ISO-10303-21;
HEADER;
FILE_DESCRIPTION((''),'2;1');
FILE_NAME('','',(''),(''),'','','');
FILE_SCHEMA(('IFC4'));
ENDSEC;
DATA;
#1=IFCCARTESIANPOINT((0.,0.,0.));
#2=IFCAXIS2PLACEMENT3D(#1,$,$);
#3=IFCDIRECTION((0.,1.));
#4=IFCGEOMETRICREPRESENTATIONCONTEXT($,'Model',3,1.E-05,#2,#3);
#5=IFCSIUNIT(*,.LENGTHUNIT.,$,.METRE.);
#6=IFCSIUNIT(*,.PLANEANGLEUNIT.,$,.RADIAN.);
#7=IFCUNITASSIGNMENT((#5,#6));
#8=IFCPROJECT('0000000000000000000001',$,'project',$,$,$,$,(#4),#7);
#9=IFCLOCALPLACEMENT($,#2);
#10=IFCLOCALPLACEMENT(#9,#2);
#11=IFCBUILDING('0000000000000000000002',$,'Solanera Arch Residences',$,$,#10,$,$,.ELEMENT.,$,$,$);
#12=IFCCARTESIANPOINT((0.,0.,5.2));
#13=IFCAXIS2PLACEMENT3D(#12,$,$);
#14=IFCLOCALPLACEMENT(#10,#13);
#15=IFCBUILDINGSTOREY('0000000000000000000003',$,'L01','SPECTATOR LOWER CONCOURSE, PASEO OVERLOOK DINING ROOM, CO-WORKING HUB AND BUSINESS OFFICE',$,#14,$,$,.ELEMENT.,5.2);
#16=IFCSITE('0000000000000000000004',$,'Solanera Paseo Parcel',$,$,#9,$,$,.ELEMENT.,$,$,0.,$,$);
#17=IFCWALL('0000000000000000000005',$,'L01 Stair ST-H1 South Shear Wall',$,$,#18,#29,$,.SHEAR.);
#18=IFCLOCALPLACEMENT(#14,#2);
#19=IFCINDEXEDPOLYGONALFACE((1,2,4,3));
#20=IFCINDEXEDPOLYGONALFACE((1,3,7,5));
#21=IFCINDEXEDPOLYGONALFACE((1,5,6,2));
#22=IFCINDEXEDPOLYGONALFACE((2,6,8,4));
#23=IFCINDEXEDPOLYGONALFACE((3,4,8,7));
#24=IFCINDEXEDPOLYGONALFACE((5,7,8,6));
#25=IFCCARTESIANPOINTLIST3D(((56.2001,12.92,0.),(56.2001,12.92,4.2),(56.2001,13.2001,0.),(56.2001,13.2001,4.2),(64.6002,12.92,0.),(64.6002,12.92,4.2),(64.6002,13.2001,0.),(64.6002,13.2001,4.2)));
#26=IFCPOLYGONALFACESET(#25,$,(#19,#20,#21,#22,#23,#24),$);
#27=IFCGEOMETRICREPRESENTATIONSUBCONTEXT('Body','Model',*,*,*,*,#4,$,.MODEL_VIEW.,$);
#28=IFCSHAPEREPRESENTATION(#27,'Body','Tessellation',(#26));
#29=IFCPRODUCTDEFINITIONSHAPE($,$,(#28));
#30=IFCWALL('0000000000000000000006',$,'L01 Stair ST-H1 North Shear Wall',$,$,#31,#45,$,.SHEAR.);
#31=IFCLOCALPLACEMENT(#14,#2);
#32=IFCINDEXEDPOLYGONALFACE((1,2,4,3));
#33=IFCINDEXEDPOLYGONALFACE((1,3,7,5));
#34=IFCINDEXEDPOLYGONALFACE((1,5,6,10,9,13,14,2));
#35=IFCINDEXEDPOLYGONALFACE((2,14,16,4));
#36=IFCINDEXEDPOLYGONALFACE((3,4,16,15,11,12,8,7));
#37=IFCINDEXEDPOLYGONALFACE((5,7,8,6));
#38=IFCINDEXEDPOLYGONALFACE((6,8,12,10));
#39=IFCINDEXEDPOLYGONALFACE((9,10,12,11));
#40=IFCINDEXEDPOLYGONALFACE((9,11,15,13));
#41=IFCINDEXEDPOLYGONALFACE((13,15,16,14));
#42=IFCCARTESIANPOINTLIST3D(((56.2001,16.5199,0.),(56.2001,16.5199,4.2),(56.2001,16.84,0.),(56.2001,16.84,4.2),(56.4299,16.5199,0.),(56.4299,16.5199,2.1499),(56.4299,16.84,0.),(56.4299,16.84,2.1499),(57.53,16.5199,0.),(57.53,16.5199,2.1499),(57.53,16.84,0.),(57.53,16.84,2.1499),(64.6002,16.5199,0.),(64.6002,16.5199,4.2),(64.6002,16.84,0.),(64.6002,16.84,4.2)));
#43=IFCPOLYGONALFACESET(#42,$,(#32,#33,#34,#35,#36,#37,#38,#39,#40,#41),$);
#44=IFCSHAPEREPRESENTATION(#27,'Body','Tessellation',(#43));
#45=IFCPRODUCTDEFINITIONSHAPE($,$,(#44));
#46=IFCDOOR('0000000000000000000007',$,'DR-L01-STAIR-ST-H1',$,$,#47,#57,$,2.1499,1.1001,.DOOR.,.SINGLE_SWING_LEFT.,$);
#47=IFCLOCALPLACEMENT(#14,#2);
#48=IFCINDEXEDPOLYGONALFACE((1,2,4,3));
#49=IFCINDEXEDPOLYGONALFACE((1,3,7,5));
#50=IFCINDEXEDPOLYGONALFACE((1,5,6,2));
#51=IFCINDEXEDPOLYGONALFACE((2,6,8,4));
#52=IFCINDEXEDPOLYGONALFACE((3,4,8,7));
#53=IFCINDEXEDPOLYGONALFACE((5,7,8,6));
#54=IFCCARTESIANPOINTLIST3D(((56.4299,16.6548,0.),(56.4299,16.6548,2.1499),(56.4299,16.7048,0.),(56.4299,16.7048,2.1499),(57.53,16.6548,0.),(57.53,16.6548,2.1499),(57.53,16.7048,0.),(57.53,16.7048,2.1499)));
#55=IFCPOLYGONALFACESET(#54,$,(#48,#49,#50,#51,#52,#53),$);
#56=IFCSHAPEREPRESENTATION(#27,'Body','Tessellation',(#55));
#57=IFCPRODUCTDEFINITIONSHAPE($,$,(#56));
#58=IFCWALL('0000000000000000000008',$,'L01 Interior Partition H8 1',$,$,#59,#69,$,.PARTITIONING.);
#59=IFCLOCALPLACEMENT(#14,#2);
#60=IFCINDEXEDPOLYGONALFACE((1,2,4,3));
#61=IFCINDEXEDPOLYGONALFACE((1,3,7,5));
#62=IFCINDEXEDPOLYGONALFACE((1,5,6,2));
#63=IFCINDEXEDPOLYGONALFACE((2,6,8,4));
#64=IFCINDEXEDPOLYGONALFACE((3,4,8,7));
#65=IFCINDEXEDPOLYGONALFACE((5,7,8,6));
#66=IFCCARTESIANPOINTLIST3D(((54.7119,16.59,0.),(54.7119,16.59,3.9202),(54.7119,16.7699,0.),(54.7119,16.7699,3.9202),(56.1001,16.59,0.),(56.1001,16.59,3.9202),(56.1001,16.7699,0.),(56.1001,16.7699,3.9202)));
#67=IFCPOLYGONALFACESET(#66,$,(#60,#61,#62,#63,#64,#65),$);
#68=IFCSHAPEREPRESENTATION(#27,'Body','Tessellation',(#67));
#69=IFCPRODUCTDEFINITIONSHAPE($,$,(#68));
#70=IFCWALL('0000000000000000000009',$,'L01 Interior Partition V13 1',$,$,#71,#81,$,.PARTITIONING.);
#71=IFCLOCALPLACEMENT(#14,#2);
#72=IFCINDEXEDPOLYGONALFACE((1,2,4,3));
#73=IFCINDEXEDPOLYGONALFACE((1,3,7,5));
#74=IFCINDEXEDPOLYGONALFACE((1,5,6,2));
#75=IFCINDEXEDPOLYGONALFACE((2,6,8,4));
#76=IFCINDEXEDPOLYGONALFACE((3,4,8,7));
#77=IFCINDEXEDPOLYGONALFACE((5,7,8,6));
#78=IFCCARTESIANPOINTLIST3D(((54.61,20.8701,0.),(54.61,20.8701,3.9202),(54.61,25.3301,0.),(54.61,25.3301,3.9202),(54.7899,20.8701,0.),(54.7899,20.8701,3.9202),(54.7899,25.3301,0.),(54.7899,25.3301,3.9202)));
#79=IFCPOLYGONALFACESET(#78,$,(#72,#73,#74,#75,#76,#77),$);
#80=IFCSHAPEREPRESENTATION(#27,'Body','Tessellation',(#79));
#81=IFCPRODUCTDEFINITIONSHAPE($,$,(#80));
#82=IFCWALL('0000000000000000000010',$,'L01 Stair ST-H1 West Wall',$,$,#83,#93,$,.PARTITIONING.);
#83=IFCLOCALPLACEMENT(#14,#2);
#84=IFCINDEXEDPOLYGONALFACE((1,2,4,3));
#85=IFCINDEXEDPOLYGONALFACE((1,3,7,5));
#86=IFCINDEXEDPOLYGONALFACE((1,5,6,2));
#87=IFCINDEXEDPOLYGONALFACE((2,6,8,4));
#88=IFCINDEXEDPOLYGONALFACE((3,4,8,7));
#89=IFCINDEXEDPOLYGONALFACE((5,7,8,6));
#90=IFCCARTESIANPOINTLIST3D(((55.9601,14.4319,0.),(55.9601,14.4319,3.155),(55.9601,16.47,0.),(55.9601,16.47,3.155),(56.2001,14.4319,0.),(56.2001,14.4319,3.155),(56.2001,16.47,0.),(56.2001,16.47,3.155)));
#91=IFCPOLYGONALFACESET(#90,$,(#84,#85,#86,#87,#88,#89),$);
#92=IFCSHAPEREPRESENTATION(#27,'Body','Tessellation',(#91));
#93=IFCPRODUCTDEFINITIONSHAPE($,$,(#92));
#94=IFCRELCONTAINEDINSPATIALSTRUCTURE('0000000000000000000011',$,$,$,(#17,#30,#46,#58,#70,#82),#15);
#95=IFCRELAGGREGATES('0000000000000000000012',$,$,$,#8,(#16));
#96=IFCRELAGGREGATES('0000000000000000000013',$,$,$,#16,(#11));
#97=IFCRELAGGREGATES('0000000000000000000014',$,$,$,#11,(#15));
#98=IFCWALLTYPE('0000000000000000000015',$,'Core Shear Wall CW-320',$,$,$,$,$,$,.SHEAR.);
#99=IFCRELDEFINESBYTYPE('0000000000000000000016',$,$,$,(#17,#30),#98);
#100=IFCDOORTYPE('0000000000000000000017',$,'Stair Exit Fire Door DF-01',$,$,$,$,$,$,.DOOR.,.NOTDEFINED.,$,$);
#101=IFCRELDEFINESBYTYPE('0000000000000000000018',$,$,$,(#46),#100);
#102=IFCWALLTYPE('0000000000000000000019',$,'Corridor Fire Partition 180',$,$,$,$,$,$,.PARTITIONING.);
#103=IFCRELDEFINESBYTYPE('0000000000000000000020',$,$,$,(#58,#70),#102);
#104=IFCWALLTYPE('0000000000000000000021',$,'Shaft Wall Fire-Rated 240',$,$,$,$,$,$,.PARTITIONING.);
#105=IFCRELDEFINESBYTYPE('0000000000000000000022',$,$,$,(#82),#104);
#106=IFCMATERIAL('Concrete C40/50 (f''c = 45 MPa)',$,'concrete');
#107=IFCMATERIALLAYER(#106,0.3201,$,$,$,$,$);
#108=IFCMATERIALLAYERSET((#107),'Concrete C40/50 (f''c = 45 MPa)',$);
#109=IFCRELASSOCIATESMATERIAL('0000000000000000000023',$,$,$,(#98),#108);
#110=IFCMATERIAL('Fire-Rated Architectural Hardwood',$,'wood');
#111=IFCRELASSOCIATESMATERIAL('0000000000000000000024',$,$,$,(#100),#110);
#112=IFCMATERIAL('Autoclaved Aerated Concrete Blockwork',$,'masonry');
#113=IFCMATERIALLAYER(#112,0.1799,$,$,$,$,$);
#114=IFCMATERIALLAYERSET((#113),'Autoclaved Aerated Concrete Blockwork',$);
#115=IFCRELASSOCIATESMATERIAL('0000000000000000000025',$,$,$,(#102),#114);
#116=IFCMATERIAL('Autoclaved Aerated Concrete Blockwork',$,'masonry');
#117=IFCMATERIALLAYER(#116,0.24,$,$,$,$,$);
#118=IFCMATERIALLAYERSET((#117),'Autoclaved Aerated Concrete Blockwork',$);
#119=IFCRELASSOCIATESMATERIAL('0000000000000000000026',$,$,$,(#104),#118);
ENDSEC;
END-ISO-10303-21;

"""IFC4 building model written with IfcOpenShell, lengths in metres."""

from ifc_helpers import new_model, si_unit, direction, frame, frame_2d, origin, place, context, subcontext, project, spatial, rectangle, extrude, material, layer, layer_set, type_object, element, fill, save


model = new_model("IFC4")

# Units and contexts
model_context = context("Model", 3, precision=1e-05, world=origin(), true_north=direction((0.0, 1.0)))
body_context = subcontext(model_context, "Body", "Model", "MODEL_VIEW")
ifc_project = project(units=[si_unit("LENGTHUNIT", "METRE"), si_unit("PLANEANGLEUNIT", "RADIAN")], contexts=[model_context])

# Site, building, storey
site_placement = place(None, origin())
site = spatial("IfcSite", under=ifc_project, at=site_placement, Name="Solanera Paseo Parcel", CompositionType="ELEMENT", RefElevation=0.0)
building_placement = place(site_placement, origin())
building = spatial("IfcBuilding", under=site, at=building_placement, Name="Solanera Arch Residences", CompositionType="ELEMENT")
storey_placement = place(building_placement, frame((0.0, 0.0, 5.2)))
storey = spatial("IfcBuildingStorey", under=building, at=storey_placement, Name="L01", Description="SPECTATOR LOWER CONCOURSE, PASEO OVERLOOK DINING ROOM, CO-WORKING HUB AND BUSINESS OFFICE", CompositionType="ELEMENT", Elevation=5.2)

# Wall
ifc_material_1 = material(Name="Concrete C40/50 (f'c = 45 MPa)", Category="concrete")
ifc_layer_1 = layer(ifc_material_1, 0.3201)
ifc_layer_set_1 = layer_set([ifc_layer_1], Name="Concrete C40/50 (f'c = 45 MPa)")
wall_type_1 = type_object("IfcWallType", Name="Core Shear Wall CW-320", PredefinedType="SHEAR", material=ifc_layer_set_1)
wall_1_placement = place(storey_placement, frame((56.2, 13.0601, 0.0), z_axis=(0.0, 0.0, 1.0), x_axis=(1.0, 0.0, 0.0)))
element("IfcWall", 1, at=wall_1_placement, inside=storey, type_object=wall_type_1, Name="L01 Stair ST-H1 South Shear Wall", PredefinedType="SHEAR", context=body_context, shape_type="SweptSolid", body=[
    extrude(rectangle(XDim=8.4001, YDim=0.28, at=frame_2d((4.2002, 0.0))), origin(), (0.0, 0.0, 1.0), 4.2),
])

# Wall, opening, door
wall_2_placement = place(storey_placement, frame((56.2, 16.6799, 0.0), z_axis=(0.0, 0.0, 1.0), x_axis=(1.0, 0.0, 0.0)))
wall_2 = element("IfcWall", 2, at=wall_2_placement, inside=storey, type_object=wall_type_1, Name="L01 Stair ST-H1 North Shear Wall", PredefinedType="SHEAR", context=body_context, shape_type="SweptSolid", body=[
    extrude(rectangle(XDim=8.4001, YDim=0.3201, at=frame_2d((4.2002, 0.0))), origin(), (0.0, 0.0, 1.0), 4.2),
])
opening_placement = place(wall_2_placement, frame((0.23, 0.0, 0.0)))
opening = element("IfcOpeningElement", 3, at=opening_placement, cuts=wall_2, PredefinedType="OPENING", context=body_context, shape_type="SweptSolid", body=[
    extrude(rectangle(XDim=1.1001, YDim=2.1499, at=frame_2d((0.55, 1.075))), frame((0.0, 0.1699, 0.0), z_axis=(0.0, -1.0, 0.0), x_axis=(1.0, 0.0, 0.0)), (0.0, 0.0, 1.0), 0.3401),
])
ifc_material_2 = material(Name="Fire-Rated Architectural Hardwood", Category="wood")
door_type = type_object("IfcDoorType", Name="Stair Exit Fire Door DF-01", OperationType="NOTDEFINED", PredefinedType="DOOR", material=ifc_material_2)
door_placement = place(opening_placement, origin())
door = element("IfcDoor", 4, at=door_placement, inside=storey, type_object=door_type, Name="DR-L01-STAIR-ST-H1", OperationType="SINGLE_SWING_LEFT", OverallHeight=2.1499, OverallWidth=1.1001, PredefinedType="DOOR", context=body_context, shape_type="SweptSolid", body=[
    extrude(rectangle(XDim=1.1001, YDim=2.1499, at=frame_2d((0.55, 1.075))), frame((0.0, 0.0249, 0.0), z_axis=(0.0, -1.0, 0.0), x_axis=(1.0, 0.0, 0.0)), (0.0, 0.0, 1.0), 0.05),
])
fill(opening, door)

# Walls
ifc_material_3 = material(Name="Autoclaved Aerated Concrete Blockwork", Category="masonry")
ifc_layer_2 = layer(ifc_material_3, 0.1799)
ifc_layer_set_2 = layer_set([ifc_layer_2], Name="Autoclaved Aerated Concrete Blockwork")
wall_type_2 = type_object("IfcWallType", Name="Corridor Fire Partition 180", PredefinedType="PARTITIONING", material=ifc_layer_set_2)
wall_3_placement = place(storey_placement, frame((54.7119, 16.6799, 0.0), z_axis=(0.0, 0.0, 1.0), x_axis=(1.0, 0.0, 0.0)))
element("IfcWall", 5, at=wall_3_placement, inside=storey, type_object=wall_type_2, Name="L01 Interior Partition H8 1", PredefinedType="PARTITIONING", context=body_context, shape_type="SweptSolid", body=[
    extrude(rectangle(XDim=1.3882, YDim=0.1799, at=frame_2d((0.6941, 0.0))), origin(), (0.0, 0.0, 1.0), 3.9202),
])
wall_4_placement = place(storey_placement, frame((54.7, 20.8701, 0.0), z_axis=(0.0, 0.0, 1.0), x_axis=(0.0, 1.0, 0.0)))
element("IfcWall", 6, at=wall_4_placement, inside=storey, type_object=wall_type_2, Name="L01 Interior Partition V13 1", PredefinedType="PARTITIONING", context=body_context, shape_type="SweptSolid", body=[
    extrude(rectangle(XDim=4.46, YDim=0.1799, at=frame_2d((2.23, 0.0))), origin(), (0.0, 0.0, 1.0), 3.9202),
])
ifc_material_4 = material(Name="Autoclaved Aerated Concrete Blockwork", Category="masonry")
ifc_layer_3 = layer(ifc_material_4, 0.24)
ifc_layer_set_3 = layer_set([ifc_layer_3], Name="Autoclaved Aerated Concrete Blockwork")
wall_type_3 = type_object("IfcWallType", Name="Shaft Wall Fire-Rated 240", PredefinedType="PARTITIONING", material=ifc_layer_set_3)
wall_5_placement = place(storey_placement, frame((56.0801, 14.4319, 0.0), z_axis=(0.0, 0.0, 1.0), x_axis=(0.0, 1.0, 0.0)))
element("IfcWall", 7, at=wall_5_placement, inside=storey, type_object=wall_type_3, Name="L01 Stair ST-H1 West Wall", PredefinedType="PARTITIONING", context=body_context, shape_type="SweptSolid", body=[
    extrude(rectangle(XDim=2.0381, YDim=0.24, at=frame_2d((1.019, 0.0))), origin(), (0.0, 0.0, 1.0), 3.155),
])

save(model, "model.ifc")
